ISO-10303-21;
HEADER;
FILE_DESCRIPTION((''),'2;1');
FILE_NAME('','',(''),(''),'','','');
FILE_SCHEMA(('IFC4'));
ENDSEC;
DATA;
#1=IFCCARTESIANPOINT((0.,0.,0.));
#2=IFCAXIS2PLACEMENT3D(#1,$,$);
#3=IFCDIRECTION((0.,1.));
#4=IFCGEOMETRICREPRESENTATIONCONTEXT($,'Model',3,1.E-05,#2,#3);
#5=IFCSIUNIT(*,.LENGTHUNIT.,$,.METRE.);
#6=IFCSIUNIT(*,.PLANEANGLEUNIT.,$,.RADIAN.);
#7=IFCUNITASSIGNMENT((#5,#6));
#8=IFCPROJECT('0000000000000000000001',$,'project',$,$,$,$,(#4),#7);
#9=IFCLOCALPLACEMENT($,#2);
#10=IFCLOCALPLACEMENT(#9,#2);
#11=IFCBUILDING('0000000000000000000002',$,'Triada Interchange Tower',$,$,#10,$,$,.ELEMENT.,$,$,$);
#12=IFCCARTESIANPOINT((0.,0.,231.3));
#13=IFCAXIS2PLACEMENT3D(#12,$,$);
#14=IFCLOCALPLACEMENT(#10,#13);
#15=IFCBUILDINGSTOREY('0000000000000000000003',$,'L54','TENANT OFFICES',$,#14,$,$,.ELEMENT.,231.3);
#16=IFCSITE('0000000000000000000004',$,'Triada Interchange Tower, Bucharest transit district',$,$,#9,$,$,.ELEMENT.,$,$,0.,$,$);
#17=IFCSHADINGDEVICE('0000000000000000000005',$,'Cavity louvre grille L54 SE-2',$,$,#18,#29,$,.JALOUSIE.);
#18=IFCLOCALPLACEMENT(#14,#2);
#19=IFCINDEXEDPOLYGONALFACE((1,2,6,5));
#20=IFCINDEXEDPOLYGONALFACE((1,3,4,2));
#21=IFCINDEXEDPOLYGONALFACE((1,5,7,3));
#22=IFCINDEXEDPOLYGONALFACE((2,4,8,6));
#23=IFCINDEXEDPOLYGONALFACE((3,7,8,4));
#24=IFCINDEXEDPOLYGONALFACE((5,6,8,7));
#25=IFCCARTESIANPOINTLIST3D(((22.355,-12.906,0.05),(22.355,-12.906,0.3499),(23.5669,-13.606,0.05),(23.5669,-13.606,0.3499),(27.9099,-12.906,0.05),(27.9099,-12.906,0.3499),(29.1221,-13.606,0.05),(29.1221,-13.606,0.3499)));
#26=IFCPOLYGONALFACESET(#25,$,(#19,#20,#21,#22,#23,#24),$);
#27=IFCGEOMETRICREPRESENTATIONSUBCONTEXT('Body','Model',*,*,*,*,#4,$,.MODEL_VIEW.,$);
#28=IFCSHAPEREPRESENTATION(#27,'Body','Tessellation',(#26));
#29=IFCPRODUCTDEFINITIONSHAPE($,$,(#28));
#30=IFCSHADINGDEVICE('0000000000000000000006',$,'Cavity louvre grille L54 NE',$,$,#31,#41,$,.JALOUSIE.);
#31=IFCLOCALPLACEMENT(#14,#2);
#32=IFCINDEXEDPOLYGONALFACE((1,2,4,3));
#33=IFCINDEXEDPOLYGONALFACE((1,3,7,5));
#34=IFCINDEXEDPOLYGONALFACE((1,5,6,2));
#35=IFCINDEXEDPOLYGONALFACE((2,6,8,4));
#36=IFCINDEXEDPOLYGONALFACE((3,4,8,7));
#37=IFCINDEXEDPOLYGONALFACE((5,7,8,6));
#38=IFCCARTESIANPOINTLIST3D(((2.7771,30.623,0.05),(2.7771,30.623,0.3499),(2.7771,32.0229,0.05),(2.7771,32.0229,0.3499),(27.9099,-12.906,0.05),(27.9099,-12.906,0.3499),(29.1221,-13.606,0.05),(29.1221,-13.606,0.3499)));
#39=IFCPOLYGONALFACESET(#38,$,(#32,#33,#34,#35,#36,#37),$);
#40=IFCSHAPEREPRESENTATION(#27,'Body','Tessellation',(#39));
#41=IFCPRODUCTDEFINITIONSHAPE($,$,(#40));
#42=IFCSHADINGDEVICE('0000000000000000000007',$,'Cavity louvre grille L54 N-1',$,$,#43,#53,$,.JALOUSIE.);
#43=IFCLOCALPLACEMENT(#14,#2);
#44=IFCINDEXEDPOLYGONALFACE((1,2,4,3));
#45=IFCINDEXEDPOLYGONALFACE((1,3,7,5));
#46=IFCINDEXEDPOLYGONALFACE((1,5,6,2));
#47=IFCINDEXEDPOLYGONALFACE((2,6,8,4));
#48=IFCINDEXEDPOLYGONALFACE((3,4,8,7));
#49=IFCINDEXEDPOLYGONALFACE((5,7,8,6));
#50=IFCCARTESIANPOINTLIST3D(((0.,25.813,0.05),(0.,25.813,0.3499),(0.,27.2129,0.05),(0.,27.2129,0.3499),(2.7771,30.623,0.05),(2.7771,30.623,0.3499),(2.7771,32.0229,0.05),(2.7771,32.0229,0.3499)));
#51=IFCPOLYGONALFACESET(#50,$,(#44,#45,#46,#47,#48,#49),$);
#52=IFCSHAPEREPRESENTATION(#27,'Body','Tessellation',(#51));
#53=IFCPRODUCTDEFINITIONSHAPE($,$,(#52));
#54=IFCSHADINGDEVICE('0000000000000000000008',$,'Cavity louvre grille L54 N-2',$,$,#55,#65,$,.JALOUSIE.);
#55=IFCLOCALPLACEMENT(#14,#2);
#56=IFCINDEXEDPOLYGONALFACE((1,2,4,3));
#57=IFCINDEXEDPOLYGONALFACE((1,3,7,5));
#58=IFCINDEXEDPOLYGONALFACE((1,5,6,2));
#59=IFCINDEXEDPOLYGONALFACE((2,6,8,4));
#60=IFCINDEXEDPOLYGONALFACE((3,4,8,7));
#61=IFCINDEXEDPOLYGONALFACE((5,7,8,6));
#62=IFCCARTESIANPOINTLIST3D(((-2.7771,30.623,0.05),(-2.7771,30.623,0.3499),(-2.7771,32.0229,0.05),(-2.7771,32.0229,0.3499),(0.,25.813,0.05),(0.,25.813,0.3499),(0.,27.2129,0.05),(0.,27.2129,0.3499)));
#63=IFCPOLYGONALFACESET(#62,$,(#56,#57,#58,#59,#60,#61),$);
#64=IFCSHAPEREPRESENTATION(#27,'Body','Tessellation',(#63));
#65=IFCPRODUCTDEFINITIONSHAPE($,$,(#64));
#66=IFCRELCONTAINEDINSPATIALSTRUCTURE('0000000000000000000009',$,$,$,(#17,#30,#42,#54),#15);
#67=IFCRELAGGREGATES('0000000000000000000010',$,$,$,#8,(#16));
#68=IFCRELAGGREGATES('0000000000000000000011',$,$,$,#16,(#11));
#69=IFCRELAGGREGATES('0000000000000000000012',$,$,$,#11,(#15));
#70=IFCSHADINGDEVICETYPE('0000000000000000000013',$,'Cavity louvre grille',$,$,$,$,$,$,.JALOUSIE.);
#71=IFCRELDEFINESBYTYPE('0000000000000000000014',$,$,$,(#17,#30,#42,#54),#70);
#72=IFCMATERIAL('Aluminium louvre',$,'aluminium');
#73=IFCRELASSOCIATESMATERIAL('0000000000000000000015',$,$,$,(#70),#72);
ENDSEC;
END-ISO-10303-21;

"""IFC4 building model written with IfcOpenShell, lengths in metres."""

from ifc_helpers import new_model, si_unit, direction, frame, origin, place, context, subcontext, project, spatial, polyline, outline, extrude, material, type_object, element, save


model = new_model("IFC4")

# Units and contexts
model_context = context("Model", 3, precision=1e-05, world=origin(), true_north=direction((0.0, 1.0)))
body_context = subcontext(model_context, "Body", "Model", "MODEL_VIEW")
ifc_project = project(units=[si_unit("LENGTHUNIT", "METRE"), si_unit("PLANEANGLEUNIT", "RADIAN")], contexts=[model_context])

# Site, building, storey
site_placement = place(None, origin())
site = spatial("IfcSite", under=ifc_project, at=site_placement, Name="Triada Interchange Tower, Bucharest transit district", CompositionType="ELEMENT", RefElevation=0.0)
building_placement = place(site_placement, origin())
building = spatial("IfcBuilding", under=site, at=building_placement, Name="Triada Interchange Tower", CompositionType="ELEMENT")
storey_placement = place(building_placement, frame((0.0, 0.0, 231.3)))
storey = spatial("IfcBuildingStorey", under=building, at=storey_placement, Name="L54", Description="TENANT OFFICES", CompositionType="ELEMENT", Elevation=231.3)

# Shading devices
ifc_material_1 = material(Name="Aluminium louvre", Category="aluminium")
shading_device_type = type_object("IfcShadingDeviceType", Name="Cavity louvre grille", PredefinedType="JALOUSIE", material=ifc_material_1)
shading_device_1_placement = place(storey_placement, frame((0.0, 0.0, 0.05)))
element("IfcShadingDevice", 1, at=shading_device_1_placement, inside=storey, type_object=shading_device_type, Name="Cavity louvre grille L54 SE-2", PredefinedType="JALOUSIE", context=body_context, shape_type="SweptSolid", body=[
    extrude(outline(polyline([(22.355, -12.906), (23.5669, -13.606), (29.1221, -13.606), (27.9099, -12.906), (22.355, -12.906)])), origin(), (0.0, 0.0, 1.0), 0.2998),
])
shading_device_2_placement = place(storey_placement, frame((0.0, 0.0, 0.05)))
element("IfcShadingDevice", 2, at=shading_device_2_placement, inside=storey, type_object=shading_device_type, Name="Cavity louvre grille L54 NE", PredefinedType="JALOUSIE", context=body_context, shape_type="SweptSolid", body=[
    extrude(outline(polyline([(27.9099, -12.906), (29.1221, -13.606), (2.7771, 32.0229), (2.7771, 30.623), (27.9099, -12.906)])), origin(), (0.0, 0.0, 1.0), 0.2998),
])
shading_device_3_placement = place(storey_placement, frame((0.0, 0.0, 0.05)))
element("IfcShadingDevice", 3, at=shading_device_3_placement, inside=storey, type_object=shading_device_type, Name="Cavity louvre grille L54 N-1", PredefinedType="JALOUSIE", context=body_context, shape_type="SweptSolid", body=[
    extrude(outline(polyline([(2.7771, 30.623), (2.7771, 32.0229), (0.0, 27.2129), (0.0, 25.813), (2.7771, 30.623)])), origin(), (0.0, 0.0, 1.0), 0.2998),
])
shading_device_4_placement = place(storey_placement, frame((0.0, 0.0, 0.05)))
element("IfcShadingDevice", 4, at=shading_device_4_placement, inside=storey, type_object=shading_device_type, Name="Cavity louvre grille L54 N-2", PredefinedType="JALOUSIE", context=body_context, shape_type="SweptSolid", body=[
    extrude(outline(polyline([(0.0, 25.813), (0.0, 27.2129), (-2.7771, 32.0229), (-2.7771, 30.623), (0.0, 25.813)])), origin(), (0.0, 0.0, 1.0), 0.2998),
])

save(model, "model.ifc")
